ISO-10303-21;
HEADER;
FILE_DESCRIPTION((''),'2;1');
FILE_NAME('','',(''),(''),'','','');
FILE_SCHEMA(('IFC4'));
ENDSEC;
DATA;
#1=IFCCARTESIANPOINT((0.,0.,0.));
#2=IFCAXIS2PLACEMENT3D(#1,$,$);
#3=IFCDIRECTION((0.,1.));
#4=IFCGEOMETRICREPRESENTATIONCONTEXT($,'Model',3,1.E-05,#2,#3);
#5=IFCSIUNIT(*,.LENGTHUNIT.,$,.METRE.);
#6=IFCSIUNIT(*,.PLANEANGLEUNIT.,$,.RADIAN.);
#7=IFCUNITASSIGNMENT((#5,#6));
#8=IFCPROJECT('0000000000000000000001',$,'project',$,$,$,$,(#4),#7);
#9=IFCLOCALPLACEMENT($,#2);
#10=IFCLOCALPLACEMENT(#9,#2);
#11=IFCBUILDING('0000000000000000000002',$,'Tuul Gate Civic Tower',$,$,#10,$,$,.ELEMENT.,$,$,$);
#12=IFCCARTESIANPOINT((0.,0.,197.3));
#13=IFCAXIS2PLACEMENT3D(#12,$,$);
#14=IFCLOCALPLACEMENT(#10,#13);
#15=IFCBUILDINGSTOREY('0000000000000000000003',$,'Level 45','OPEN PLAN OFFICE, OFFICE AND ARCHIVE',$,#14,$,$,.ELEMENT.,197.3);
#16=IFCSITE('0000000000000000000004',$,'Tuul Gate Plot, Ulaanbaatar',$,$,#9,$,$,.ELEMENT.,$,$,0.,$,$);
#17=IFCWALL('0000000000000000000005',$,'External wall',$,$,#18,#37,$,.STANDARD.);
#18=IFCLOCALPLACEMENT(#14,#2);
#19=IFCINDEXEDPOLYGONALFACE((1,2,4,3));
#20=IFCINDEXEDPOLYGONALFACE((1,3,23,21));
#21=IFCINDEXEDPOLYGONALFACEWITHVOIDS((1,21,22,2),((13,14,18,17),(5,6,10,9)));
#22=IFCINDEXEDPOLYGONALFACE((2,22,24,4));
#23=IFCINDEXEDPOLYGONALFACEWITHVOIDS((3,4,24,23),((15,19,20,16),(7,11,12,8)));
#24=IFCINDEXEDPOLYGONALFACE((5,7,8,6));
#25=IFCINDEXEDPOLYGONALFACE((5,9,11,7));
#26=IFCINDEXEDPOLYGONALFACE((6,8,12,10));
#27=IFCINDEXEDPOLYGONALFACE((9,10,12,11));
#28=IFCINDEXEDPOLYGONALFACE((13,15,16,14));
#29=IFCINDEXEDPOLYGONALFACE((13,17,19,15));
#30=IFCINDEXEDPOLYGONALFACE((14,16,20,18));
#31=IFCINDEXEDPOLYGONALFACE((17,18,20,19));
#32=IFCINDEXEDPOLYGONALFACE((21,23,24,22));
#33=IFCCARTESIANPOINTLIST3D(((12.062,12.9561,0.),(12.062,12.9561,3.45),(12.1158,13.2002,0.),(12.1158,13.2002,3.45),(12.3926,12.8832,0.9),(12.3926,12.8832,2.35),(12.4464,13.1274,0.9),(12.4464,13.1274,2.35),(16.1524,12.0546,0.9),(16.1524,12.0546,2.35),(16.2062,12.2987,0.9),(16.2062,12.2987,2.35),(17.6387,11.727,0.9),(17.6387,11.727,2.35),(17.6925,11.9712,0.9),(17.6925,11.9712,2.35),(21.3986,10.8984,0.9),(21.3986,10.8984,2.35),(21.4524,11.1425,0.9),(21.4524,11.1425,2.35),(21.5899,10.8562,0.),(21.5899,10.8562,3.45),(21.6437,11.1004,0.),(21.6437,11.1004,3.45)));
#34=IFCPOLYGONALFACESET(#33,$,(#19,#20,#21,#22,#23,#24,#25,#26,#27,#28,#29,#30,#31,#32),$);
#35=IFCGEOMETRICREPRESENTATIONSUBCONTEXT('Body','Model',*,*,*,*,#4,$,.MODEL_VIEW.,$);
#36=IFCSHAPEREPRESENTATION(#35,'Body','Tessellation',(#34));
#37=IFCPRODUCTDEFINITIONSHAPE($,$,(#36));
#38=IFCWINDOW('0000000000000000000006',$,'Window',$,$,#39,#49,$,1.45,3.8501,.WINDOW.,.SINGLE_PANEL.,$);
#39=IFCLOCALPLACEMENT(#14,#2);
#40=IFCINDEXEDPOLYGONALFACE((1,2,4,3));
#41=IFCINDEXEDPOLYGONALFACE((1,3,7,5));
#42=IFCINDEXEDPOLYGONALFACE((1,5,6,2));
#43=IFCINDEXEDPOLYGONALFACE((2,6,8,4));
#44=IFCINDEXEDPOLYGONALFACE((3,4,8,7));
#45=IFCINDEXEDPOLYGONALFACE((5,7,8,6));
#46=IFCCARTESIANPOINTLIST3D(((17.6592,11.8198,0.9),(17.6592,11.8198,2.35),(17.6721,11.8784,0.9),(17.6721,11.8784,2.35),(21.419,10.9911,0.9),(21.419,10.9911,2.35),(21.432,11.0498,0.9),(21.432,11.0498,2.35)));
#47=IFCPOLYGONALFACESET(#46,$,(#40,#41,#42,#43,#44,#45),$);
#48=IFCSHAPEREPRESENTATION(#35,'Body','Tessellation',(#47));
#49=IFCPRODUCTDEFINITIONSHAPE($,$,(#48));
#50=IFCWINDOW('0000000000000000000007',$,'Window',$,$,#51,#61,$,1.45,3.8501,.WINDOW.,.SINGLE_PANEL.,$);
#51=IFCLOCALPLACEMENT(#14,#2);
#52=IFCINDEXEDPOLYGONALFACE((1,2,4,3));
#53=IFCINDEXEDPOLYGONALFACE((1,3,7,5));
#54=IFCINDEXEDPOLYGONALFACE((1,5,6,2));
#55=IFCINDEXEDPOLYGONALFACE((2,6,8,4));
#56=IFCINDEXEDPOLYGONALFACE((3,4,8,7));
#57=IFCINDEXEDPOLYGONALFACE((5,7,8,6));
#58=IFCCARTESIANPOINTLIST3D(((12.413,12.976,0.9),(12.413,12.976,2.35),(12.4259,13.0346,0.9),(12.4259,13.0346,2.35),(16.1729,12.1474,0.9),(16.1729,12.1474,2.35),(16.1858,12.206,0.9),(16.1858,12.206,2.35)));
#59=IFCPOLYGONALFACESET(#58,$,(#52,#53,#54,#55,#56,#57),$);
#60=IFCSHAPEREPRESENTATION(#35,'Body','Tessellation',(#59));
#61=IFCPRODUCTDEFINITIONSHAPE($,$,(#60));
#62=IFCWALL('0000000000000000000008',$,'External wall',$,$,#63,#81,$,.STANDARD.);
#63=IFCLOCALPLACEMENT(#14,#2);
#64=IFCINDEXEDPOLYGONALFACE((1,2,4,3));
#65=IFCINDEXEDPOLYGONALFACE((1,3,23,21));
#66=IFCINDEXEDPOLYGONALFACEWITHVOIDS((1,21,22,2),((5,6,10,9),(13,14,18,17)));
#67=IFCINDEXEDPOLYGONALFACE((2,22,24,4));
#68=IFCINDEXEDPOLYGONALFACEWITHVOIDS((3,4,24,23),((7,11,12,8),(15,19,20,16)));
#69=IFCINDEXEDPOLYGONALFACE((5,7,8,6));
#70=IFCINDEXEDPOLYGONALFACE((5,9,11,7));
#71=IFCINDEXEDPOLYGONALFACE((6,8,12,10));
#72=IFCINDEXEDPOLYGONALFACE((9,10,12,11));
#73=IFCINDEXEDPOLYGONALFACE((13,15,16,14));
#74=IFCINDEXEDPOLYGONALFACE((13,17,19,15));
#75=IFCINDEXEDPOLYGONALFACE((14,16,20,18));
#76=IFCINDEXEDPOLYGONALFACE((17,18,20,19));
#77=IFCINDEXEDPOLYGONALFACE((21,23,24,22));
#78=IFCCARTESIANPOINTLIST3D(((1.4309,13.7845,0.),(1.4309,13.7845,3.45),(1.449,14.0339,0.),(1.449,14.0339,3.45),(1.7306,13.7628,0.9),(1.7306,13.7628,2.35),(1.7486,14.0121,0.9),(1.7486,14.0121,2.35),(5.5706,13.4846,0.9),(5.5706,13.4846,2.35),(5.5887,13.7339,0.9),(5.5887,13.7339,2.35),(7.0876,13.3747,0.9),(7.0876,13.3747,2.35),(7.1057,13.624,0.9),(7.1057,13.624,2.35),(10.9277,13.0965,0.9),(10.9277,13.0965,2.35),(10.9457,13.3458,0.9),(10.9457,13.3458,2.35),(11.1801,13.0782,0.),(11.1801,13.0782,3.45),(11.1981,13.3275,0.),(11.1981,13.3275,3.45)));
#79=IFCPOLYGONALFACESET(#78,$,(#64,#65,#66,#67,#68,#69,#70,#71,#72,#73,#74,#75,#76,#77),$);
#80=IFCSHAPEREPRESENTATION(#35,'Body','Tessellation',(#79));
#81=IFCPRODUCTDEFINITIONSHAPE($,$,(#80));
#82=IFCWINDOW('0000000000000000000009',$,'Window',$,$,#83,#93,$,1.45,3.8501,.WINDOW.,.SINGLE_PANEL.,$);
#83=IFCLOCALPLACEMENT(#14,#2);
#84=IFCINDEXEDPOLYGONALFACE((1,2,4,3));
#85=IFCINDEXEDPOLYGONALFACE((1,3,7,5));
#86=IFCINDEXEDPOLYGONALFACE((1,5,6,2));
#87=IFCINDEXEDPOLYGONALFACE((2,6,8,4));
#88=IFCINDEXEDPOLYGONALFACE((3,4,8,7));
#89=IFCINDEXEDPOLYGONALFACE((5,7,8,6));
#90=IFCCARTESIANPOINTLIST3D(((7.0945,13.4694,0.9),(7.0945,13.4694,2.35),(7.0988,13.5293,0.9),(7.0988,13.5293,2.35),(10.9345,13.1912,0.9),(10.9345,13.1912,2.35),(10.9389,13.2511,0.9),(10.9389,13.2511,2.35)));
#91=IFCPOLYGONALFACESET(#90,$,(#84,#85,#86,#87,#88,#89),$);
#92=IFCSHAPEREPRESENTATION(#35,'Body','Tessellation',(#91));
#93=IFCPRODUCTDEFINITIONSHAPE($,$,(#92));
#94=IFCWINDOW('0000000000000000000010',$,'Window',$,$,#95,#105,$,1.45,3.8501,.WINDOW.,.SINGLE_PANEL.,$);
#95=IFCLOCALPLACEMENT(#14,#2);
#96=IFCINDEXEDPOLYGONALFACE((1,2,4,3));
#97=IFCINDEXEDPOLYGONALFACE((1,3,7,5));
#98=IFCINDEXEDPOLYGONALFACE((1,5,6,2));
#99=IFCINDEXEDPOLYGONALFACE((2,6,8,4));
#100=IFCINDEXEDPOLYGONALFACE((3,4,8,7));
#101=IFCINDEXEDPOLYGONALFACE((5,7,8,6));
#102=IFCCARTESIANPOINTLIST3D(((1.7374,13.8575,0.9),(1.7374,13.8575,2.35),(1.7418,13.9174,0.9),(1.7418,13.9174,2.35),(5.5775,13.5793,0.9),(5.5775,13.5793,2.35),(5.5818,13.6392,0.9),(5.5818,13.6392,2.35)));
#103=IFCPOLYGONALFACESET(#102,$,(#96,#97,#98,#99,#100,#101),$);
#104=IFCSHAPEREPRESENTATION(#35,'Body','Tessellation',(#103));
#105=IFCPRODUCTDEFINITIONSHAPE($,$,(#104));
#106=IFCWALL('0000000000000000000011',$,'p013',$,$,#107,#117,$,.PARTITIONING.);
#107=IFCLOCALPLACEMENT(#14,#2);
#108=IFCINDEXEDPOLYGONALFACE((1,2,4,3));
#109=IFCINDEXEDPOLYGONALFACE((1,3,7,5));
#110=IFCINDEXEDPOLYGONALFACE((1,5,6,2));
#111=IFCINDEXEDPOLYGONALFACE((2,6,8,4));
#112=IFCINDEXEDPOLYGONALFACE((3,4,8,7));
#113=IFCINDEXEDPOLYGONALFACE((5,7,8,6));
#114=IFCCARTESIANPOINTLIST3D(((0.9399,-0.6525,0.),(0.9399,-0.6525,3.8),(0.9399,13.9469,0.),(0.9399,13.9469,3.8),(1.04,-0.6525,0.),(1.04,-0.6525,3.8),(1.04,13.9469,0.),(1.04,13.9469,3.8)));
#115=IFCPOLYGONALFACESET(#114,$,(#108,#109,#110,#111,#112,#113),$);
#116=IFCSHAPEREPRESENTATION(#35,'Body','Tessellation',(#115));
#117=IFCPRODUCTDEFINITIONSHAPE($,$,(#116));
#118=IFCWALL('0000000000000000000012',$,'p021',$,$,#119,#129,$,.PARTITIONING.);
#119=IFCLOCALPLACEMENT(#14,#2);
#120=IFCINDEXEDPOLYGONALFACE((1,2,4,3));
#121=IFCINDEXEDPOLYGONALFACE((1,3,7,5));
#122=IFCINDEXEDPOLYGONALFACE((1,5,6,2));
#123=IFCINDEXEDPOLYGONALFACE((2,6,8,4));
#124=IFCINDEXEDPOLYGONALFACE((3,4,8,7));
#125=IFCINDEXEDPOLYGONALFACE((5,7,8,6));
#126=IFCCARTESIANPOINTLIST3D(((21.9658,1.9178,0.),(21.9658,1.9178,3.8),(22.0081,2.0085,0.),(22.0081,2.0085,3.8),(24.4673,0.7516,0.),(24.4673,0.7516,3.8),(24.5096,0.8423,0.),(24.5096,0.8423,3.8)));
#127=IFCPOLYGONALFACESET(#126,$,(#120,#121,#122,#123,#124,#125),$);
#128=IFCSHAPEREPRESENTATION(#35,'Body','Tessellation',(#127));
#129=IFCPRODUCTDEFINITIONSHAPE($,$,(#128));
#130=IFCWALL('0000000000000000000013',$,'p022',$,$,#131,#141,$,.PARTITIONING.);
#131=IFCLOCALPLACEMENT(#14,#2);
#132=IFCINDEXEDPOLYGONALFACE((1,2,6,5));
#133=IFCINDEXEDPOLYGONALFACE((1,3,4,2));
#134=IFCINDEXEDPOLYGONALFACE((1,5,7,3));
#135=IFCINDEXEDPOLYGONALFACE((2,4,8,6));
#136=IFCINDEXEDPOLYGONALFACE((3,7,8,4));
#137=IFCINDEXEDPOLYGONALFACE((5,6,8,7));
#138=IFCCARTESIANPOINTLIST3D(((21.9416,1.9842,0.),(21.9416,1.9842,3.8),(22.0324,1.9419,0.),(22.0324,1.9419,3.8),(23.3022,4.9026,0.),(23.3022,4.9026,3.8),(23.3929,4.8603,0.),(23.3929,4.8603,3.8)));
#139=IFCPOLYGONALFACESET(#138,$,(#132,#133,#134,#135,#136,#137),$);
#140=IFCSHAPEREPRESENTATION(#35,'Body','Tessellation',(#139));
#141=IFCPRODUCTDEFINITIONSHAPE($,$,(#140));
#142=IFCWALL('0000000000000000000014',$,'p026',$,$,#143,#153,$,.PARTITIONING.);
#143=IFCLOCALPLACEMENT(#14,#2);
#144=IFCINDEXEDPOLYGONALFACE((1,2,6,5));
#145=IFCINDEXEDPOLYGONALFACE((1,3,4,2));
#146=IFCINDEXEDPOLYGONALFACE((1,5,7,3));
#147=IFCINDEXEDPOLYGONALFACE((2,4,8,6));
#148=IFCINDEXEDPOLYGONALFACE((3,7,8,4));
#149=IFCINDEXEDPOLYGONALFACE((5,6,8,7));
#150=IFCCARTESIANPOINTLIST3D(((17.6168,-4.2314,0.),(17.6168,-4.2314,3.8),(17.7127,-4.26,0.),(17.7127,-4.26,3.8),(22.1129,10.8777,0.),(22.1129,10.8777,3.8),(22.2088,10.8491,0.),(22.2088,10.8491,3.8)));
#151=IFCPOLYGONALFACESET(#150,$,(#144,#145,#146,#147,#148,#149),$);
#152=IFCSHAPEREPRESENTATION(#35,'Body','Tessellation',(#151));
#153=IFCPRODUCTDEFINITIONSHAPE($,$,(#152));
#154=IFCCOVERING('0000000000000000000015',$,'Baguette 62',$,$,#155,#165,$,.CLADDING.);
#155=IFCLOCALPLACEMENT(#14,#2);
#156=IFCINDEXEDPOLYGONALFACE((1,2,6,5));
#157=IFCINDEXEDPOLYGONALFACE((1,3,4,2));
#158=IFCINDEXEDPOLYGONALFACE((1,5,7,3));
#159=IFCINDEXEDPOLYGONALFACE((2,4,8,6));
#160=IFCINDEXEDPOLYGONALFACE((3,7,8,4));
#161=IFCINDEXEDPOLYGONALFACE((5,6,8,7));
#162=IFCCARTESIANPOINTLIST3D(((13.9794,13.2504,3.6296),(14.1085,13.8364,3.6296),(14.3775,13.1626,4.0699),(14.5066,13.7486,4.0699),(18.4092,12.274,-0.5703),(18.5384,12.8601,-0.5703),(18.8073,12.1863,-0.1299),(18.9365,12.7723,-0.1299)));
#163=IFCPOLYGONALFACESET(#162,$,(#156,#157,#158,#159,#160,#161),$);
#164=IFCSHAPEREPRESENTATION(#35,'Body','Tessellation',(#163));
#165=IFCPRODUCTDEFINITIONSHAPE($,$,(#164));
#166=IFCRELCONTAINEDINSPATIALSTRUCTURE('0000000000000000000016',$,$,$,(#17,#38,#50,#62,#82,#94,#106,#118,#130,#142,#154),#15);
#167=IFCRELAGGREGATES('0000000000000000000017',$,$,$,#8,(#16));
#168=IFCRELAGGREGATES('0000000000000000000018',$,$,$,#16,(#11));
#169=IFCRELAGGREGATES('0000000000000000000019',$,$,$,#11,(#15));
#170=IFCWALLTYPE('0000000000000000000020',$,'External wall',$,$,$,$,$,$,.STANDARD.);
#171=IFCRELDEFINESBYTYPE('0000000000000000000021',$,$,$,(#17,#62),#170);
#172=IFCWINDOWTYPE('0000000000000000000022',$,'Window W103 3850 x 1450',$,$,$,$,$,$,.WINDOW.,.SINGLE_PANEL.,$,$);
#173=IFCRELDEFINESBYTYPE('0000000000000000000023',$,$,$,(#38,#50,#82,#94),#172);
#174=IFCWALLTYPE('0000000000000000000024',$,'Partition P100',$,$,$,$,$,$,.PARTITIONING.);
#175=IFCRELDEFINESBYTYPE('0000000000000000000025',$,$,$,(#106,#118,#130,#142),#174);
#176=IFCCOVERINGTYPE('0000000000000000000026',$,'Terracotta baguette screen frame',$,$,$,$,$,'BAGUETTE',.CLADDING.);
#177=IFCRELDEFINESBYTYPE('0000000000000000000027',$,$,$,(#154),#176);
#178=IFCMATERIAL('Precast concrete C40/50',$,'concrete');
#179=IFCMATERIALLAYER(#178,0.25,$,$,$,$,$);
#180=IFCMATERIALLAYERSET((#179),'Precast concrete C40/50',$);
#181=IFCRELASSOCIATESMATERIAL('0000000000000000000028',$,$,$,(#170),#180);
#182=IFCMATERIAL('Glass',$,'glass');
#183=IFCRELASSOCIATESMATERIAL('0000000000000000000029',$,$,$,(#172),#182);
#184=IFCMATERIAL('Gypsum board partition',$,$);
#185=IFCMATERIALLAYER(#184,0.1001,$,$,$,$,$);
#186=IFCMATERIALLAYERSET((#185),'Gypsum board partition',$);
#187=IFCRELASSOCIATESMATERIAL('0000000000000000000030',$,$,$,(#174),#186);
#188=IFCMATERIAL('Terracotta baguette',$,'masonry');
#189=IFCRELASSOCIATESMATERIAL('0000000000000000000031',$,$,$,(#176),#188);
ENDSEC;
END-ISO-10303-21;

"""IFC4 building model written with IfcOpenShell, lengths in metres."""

from ifc_helpers import new_model, si_unit, direction, frame, frame_2d, origin, origin_2d, place, context, subcontext, project, spatial, rectangle, extrude, material, layer, layer_set, material_profile, profile_set, type_object, element, fill, save


model = new_model("IFC4")

# Units and contexts
model_context = context("Model", 3, precision=1e-05, world=origin(), true_north=direction((0.0, 1.0)))
body_context = subcontext(model_context, "Body", "Model", "MODEL_VIEW")
ifc_project = project(units=[si_unit("LENGTHUNIT", "METRE"), si_unit("PLANEANGLEUNIT", "RADIAN")], contexts=[model_context])

# Site, building, storey
site_placement = place(None, origin())
site = spatial("IfcSite", under=ifc_project, at=site_placement, Name="Tuul Gate Plot, Ulaanbaatar", CompositionType="ELEMENT", RefElevation=0.0)
building_placement = place(site_placement, origin())
building = spatial("IfcBuilding", under=site, at=building_placement, Name="Tuul Gate Civic Tower", CompositionType="ELEMENT")
storey_placement = place(building_placement, frame((0.0, 0.0, 197.3)))
storey = spatial("IfcBuildingStorey", under=building, at=storey_placement, Name="Level 45", Description="OPEN PLAN OFFICE, OFFICE AND ARCHIVE", CompositionType="ELEMENT", Elevation=197.3)

# Walls, openings, windows
ifc_material_1 = material(Name="Precast concrete C40/50", Category="concrete")
ifc_layer_1 = layer(ifc_material_1, 0.25)
ifc_layer_set_1 = layer_set([ifc_layer_1], Name="Precast concrete C40/50")
wall_type_1 = type_object("IfcWallType", Name="External wall", PredefinedType="STANDARD", material=ifc_layer_set_1)
wall_1_placement = place(storey_placement, frame((21.6169, 10.9783, 0.0), z_axis=(0.0, 0.0, 1.0), x_axis=(-0.976564, 0.215226, 0.0)))
wall_1 = element("IfcWall", 1, at=wall_1_placement, inside=storey, type_object=wall_type_1, Name="External wall", PredefinedType="STANDARD", context=body_context, shape_type="SweptSolid", body=[
    extrude(rectangle(XDim=9.7566, YDim=0.25, at=frame_2d((4.8784, 0.0))), origin(), (0.0, 0.0, 1.0), 3.45),
])
opening_1_placement = place(wall_1_placement, frame((0.196, 0.0, 0.8999)))
opening_1 = element("IfcOpeningElement", 2, at=opening_1_placement, cuts=wall_1, PredefinedType="OPENING", context=body_context, shape_type="SweptSolid", body=[
    extrude(rectangle(XDim=3.8501, YDim=1.45, at=frame_2d((1.925, 0.7251))), frame((0.0, 0.135, 0.0), z_axis=(0.0, -1.0, 0.0), x_axis=(1.0, 0.0, 0.0)), (0.0, 0.0, 1.0), 0.27),
])
opening_2_placement = place(wall_1_placement, frame((5.5681, 0.0, 0.8999)))
opening_2 = element("IfcOpeningElement", 3, at=opening_2_placement, cuts=wall_1, PredefinedType="OPENING", context=body_context, shape_type="SweptSolid", body=[
    extrude(rectangle(XDim=3.8501, YDim=1.45, at=frame_2d((1.925, 0.7251))), frame((0.0, 0.135, 0.0), z_axis=(0.0, -1.0, 0.0), x_axis=(1.0, 0.0, 0.0)), (0.0, 0.0, 1.0), 0.27),
])
ifc_material_2 = material(Name="Glass", Category="glass")
window_type = type_object("IfcWindowType", Name="Window W103 3850 x 1450", PartitioningType="SINGLE_PANEL", PredefinedType="WINDOW", material=ifc_material_2)
window_1_placement = place(opening_1_placement, origin())
window_1 = element("IfcWindow", 4, at=window_1_placement, inside=storey, type_object=window_type, Name="Window", OverallHeight=1.45, OverallWidth=3.8501, PartitioningType="SINGLE_PANEL", PredefinedType="WINDOW", context=body_context, shape_type="SweptSolid", body=[
    extrude(rectangle(XDim=3.8501, YDim=1.45, at=frame_2d((1.925, 0.7251))), frame((0.0, 0.03, 0.0), z_axis=(0.0, -1.0, 0.0), x_axis=(1.0, 0.0, 0.0)), (0.0, 0.0, 1.0), 0.0601),
])
fill(opening_1, window_1)
window_2_placement = place(opening_2_placement, origin())
window_2 = element("IfcWindow", 5, at=window_2_placement, inside=storey, type_object=window_type, Name="Window", OverallHeight=1.45, OverallWidth=3.8501, PartitioningType="SINGLE_PANEL", PredefinedType="WINDOW", context=body_context, shape_type="SweptSolid", body=[
    extrude(rectangle(XDim=3.8501, YDim=1.45, at=frame_2d((1.925, 0.7251))), frame((0.0, 0.03, 0.0), z_axis=(0.0, -1.0, 0.0), x_axis=(1.0, 0.0, 0.0)), (0.0, 0.0, 1.0), 0.0601),
])
fill(opening_2, window_2)
wall_2_placement = place(storey_placement, frame((11.189, 13.2029, 0.0), z_axis=(0.0, 0.0, 1.0), x_axis=(-0.997386, 0.072259, 0.0)))
wall_2 = element("IfcWall", 6, at=wall_2_placement, inside=storey, type_object=wall_type_1, Name="External wall", PredefinedType="STANDARD", context=body_context, shape_type="SweptSolid", body=[
    extrude(rectangle(XDim=9.7747, YDim=0.25, at=frame_2d((4.8872, 0.0))), origin(), (0.0, 0.0, 1.0), 3.45),
])
opening_3_placement = place(wall_2_placement, frame((0.2529, 0.0, 0.8999)))
opening_3 = element("IfcOpeningElement", 7, at=opening_3_placement, cuts=wall_2, PredefinedType="OPENING", context=body_context, shape_type="SweptSolid", body=[
    extrude(rectangle(XDim=3.8501, YDim=1.45, at=frame_2d((1.925, 0.7251))), frame((0.0, 0.135, 0.0), z_axis=(0.0, -1.0, 0.0), x_axis=(1.0, 0.0, 0.0)), (0.0, 0.0, 1.0), 0.27),
])
opening_4_placement = place(wall_2_placement, frame((5.624, 0.0, 0.8999)))
opening_4 = element("IfcOpeningElement", 8, at=opening_4_placement, cuts=wall_2, PredefinedType="OPENING", context=body_context, shape_type="SweptSolid", body=[
    extrude(rectangle(XDim=3.8501, YDim=1.45, at=frame_2d((1.925, 0.7251))), frame((0.0, 0.135, 0.0), z_axis=(0.0, -1.0, 0.0), x_axis=(1.0, 0.0, 0.0)), (0.0, 0.0, 1.0), 0.27),
])
window_3_placement = place(opening_3_placement, origin())
window_3 = element("IfcWindow", 9, at=window_3_placement, inside=storey, type_object=window_type, Name="Window", OverallHeight=1.45, OverallWidth=3.8501, PartitioningType="SINGLE_PANEL", PredefinedType="WINDOW", context=body_context, shape_type="SweptSolid", body=[
    extrude(rectangle(XDim=3.8501, YDim=1.45, at=frame_2d((1.925, 0.7251))), frame((0.0, 0.03, 0.0), z_axis=(0.0, -1.0, 0.0), x_axis=(1.0, 0.0, 0.0)), (0.0, 0.0, 1.0), 0.0601),
])
fill(opening_3, window_3)
window_4_placement = place(opening_4_placement, origin())
window_4 = element("IfcWindow", 10, at=window_4_placement, inside=storey, type_object=window_type, Name="Window", OverallHeight=1.45, OverallWidth=3.8501, PartitioningType="SINGLE_PANEL", PredefinedType="WINDOW", context=body_context, shape_type="SweptSolid", body=[
    extrude(rectangle(XDim=3.8501, YDim=1.45, at=frame_2d((1.925, 0.7251))), frame((0.0, 0.03, 0.0), z_axis=(0.0, -1.0, 0.0), x_axis=(1.0, 0.0, 0.0)), (0.0, 0.0, 1.0), 0.0601),
])
fill(opening_4, window_4)

# Walls
ifc_material_3 = material(Name="Gypsum board partition")
ifc_layer_2 = layer(ifc_material_3, 0.1001)
ifc_layer_set_2 = layer_set([ifc_layer_2], Name="Gypsum board partition")
wall_type_2 = type_object("IfcWallType", Name="Partition P100", PredefinedType="PARTITIONING", material=ifc_layer_set_2)
wall_3_placement = place(storey_placement, frame((0.99, -0.6526, 0.0), z_axis=(0.0, 0.0, 1.0), x_axis=(0.0, 1.0, 0.0)))
element("IfcWall", 11, at=wall_3_placement, inside=storey, type_object=wall_type_2, Name="p013", PredefinedType="PARTITIONING", context=body_context, shape_type="SweptSolid", body=[
    extrude(rectangle(XDim=14.5994, YDim=0.1001, at=frame_2d((7.2998, 0.0))), origin(), (0.0, 0.0, 1.0), 3.8),
])
wall_4_placement = place(storey_placement, frame((21.9871, 1.9631, 0.0), z_axis=(0.0, 0.0, 1.0), x_axis=(0.906334, -0.422561, 0.0)))
element("IfcWall", 12, at=wall_4_placement, inside=storey, type_object=wall_type_2, Name="p021", PredefinedType="PARTITIONING", context=body_context, shape_type="SweptSolid", body=[
    extrude(rectangle(XDim=2.76, YDim=0.1001, at=frame_2d((1.3799, 0.0))), origin(), (0.0, 0.0, 1.0), 3.8),
])
wall_5_placement = place(storey_placement, frame((21.9871, 1.9631, 0.0), z_axis=(0.0, 0.0, 1.0), x_axis=(0.422541, 0.906344, 0.0)))
element("IfcWall", 13, at=wall_5_placement, inside=storey, type_object=wall_type_2, Name="p022", PredefinedType="PARTITIONING", context=body_context, shape_type="SweptSolid", body=[
    extrude(rectangle(XDim=3.22, YDim=0.1001, at=frame_2d((1.6099, 0.0))), origin(), (0.0, 0.0, 1.0), 3.8),
])
wall_6_placement = place(storey_placement, frame((17.6648, -4.2456, 0.0), z_axis=(0.0, 0.0, 1.0), x_axis=(0.285214, 0.958464, 0.0)))
element("IfcWall", 14, at=wall_6_placement, inside=storey, type_object=wall_type_2, Name="p026", PredefinedType="PARTITIONING", context=body_context, shape_type="SweptSolid", body=[
    extrude(rectangle(XDim=15.7639, YDim=0.1001, at=frame_2d((7.8818, 0.0))), origin(), (0.0, 0.0, 1.0), 3.8),
])

# Covering
ifc_material_4 = material(Name="Terracotta baguette", Category="masonry")
ifc_material_profile_1 = material_profile(ifc_material_4, rectangle(XDim=0.6001, YDim=0.6001, at=origin_2d()), Name="Terracotta baguette screen frame")
ifc_profile_set_1 = profile_set([ifc_material_profile_1], Name="Terracotta baguette")
covering_type = type_object("IfcCoveringType", Name="Terracotta baguette screen frame", ElementType="BAGUETTE", PredefinedType="CLADDING", material=ifc_profile_set_1)
covering_1_placement = place(storey_placement, frame((18.6729, 12.5232, -0.3501), z_axis=(-0.716586, 0.157929, 0.679384), x_axis=(-0.215226, -0.976564, 0.0)))
element("IfcCovering", 15, at=covering_1_placement, inside=storey, type_object=covering_type, Name="Baguette 62", PredefinedType="CLADDING", context=body_context, shape_type="SweptSolid", body=[
    extrude(rectangle(XDim=0.6001, YDim=0.6001, at=origin_2d()), origin(), (0.0, 0.0, 1.0), 6.1819),
])

save(model, "model.ifc")
